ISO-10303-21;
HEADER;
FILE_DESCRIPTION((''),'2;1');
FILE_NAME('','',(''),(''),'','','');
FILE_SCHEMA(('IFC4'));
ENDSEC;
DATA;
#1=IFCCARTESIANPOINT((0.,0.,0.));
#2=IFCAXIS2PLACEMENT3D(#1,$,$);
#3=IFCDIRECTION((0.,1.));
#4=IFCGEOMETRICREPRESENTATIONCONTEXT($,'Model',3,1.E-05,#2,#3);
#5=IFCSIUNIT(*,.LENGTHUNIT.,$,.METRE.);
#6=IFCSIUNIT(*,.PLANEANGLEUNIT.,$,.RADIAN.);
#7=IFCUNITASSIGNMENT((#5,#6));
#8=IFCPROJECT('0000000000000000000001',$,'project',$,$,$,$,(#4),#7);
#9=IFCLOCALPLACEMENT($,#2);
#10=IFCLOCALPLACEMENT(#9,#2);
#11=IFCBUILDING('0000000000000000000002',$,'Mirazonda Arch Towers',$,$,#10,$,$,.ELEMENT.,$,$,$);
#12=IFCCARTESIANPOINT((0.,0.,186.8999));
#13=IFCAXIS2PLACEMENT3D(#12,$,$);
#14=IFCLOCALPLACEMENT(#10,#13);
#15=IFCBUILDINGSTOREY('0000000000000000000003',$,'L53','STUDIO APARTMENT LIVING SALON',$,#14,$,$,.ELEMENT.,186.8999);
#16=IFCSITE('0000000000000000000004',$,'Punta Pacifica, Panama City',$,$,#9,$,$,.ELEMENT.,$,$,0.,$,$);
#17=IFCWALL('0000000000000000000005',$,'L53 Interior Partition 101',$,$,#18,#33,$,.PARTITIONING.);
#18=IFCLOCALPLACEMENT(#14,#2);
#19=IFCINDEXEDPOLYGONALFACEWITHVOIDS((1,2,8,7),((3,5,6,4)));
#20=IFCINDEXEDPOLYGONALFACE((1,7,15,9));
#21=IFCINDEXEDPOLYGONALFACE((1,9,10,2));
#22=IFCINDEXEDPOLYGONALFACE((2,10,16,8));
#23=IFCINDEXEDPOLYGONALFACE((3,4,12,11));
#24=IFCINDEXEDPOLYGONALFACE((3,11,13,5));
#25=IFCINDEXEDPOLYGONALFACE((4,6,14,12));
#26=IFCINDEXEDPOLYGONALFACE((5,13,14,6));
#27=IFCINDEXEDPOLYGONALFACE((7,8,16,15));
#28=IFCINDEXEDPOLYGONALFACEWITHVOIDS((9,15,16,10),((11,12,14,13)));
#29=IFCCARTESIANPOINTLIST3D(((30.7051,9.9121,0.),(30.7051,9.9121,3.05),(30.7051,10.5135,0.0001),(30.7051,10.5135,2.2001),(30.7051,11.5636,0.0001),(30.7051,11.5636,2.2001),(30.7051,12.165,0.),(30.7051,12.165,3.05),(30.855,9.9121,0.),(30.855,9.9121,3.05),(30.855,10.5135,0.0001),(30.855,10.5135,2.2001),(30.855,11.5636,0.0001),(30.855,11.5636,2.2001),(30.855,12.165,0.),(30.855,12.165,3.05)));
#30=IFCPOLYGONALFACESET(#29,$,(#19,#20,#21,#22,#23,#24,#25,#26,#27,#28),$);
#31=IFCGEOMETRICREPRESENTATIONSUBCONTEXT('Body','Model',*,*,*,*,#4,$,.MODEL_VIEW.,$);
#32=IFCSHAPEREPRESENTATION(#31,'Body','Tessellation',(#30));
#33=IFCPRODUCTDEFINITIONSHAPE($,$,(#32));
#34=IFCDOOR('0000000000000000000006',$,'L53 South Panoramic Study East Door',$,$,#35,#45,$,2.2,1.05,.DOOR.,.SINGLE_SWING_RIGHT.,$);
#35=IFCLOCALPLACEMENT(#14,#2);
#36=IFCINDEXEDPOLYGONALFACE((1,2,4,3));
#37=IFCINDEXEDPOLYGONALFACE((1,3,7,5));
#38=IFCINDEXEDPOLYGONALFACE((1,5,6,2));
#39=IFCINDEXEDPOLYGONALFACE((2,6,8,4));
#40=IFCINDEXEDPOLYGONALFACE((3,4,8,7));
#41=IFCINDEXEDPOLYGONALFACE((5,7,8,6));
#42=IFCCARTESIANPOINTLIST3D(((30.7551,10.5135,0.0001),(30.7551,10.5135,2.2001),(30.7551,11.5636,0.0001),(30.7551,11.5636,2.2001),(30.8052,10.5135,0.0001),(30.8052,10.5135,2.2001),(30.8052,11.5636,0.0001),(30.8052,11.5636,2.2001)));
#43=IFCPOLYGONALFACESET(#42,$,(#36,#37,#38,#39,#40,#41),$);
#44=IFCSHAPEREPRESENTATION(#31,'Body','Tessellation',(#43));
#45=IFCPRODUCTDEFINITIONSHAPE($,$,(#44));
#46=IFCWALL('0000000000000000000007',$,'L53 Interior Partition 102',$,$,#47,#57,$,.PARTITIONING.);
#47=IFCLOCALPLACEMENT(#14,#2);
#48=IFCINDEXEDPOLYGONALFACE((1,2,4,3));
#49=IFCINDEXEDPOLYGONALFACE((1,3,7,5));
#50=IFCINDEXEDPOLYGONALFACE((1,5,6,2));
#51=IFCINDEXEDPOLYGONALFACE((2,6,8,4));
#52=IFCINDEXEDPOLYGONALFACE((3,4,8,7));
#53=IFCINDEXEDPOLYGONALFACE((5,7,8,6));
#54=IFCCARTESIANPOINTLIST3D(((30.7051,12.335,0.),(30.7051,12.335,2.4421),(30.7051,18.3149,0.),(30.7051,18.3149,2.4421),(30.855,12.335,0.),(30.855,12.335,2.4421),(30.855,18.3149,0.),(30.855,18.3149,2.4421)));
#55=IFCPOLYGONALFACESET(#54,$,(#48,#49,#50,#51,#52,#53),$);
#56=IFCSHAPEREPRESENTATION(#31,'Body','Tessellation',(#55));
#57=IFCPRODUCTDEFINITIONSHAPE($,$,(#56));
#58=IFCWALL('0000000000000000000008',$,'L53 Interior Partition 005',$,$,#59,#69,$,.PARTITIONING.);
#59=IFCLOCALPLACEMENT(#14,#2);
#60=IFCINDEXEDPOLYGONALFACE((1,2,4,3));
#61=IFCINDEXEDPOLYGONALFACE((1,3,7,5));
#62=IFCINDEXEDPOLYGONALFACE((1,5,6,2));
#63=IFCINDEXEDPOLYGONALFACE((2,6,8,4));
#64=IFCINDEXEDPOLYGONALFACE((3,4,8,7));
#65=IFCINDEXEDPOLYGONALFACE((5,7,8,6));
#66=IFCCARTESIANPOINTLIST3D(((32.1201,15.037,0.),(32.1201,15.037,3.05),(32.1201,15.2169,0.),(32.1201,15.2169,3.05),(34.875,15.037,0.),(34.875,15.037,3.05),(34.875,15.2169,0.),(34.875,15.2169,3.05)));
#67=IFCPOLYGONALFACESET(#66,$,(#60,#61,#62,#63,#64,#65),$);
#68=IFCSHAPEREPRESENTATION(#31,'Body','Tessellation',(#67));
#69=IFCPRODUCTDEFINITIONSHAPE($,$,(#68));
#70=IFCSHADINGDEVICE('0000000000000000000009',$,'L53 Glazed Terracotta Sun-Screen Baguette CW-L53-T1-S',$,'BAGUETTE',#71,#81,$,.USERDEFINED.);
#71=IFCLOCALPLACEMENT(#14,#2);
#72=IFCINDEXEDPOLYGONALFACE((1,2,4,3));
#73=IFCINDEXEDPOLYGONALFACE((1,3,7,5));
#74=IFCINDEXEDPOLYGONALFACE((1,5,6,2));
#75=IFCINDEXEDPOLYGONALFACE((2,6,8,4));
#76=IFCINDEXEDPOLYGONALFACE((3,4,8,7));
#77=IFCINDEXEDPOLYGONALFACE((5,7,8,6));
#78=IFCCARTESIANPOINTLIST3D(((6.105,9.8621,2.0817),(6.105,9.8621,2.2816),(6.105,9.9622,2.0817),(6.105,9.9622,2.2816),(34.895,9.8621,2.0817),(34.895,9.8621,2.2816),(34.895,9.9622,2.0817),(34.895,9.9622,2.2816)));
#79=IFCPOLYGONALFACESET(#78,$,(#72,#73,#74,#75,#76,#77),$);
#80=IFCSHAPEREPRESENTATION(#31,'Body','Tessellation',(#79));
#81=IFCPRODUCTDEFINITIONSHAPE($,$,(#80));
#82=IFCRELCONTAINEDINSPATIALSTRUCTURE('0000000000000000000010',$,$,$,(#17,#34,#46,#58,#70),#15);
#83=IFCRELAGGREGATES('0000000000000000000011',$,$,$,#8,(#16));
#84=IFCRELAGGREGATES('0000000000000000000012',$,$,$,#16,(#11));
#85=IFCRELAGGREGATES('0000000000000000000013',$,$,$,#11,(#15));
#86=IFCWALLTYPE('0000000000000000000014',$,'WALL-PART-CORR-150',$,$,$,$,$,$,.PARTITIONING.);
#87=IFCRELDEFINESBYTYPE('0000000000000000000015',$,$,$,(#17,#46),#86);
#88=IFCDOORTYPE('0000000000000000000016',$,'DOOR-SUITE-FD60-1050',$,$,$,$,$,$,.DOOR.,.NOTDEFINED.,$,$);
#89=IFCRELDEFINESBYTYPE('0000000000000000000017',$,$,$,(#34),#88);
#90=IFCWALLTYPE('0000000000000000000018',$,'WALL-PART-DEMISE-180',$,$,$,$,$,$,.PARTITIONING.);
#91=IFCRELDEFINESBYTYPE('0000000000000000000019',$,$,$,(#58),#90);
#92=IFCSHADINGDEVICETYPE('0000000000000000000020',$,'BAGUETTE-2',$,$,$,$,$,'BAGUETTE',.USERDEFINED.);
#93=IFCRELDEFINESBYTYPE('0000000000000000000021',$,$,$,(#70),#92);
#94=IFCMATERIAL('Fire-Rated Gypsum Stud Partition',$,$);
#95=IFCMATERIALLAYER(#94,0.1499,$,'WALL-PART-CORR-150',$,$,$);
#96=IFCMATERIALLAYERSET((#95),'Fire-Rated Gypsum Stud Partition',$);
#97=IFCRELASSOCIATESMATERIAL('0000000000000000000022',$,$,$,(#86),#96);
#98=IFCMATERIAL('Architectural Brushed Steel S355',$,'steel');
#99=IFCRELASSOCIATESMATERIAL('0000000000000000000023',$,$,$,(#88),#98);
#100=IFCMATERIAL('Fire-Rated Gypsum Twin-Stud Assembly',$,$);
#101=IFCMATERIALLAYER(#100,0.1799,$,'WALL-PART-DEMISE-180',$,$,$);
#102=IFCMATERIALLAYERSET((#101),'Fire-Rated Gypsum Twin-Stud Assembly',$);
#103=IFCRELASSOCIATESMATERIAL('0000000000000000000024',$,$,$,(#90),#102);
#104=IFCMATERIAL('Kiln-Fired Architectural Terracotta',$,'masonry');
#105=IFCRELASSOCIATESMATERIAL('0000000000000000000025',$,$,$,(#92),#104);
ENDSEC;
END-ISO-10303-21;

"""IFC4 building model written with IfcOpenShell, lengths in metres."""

from ifc_helpers import new_model, si_unit, direction, frame, frame_2d, origin, origin_2d, place, context, subcontext, project, spatial, rectangle, extrude, material, layer, layer_set, material_profile, profile_set, type_object, element, fill, save


model = new_model("IFC4")

# Units and contexts
model_context = context("Model", 3, precision=1e-05, world=origin(), true_north=direction((0.0, 1.0)))
body_context = subcontext(model_context, "Body", "Model", "MODEL_VIEW")
ifc_project = project(units=[si_unit("LENGTHUNIT", "METRE"), si_unit("PLANEANGLEUNIT", "RADIAN")], contexts=[model_context])

# Site, building, storey
site_placement = place(None, origin())
site = spatial("IfcSite", under=ifc_project, at=site_placement, Name="Punta Pacifica, Panama City", CompositionType="ELEMENT", RefElevation=0.0)
building_placement = place(site_placement, origin())
building = spatial("IfcBuilding", under=site, at=building_placement, Name="Mirazonda Arch Towers", CompositionType="ELEMENT")
storey_placement = place(building_placement, frame((0.0, 0.0, 186.8999)))
storey = spatial("IfcBuildingStorey", under=building, at=storey_placement, Name="L53", Description="STUDIO APARTMENT LIVING SALON", CompositionType="ELEMENT", Elevation=186.8999)

# Shared definitions
ifc_material_1 = material(Name="Fire-Rated Gypsum Stud Partition")
ifc_layer_1 = layer(ifc_material_1, 0.1499, Name="WALL-PART-CORR-150")
ifc_layer_set_1 = layer_set([ifc_layer_1], Name="Fire-Rated Gypsum Stud Partition")
wall_type_1 = type_object("IfcWallType", Name="WALL-PART-CORR-150", PredefinedType="PARTITIONING", material=ifc_layer_set_1)

# Wall, opening, door
wall_1_placement = place(storey_placement, frame((30.78, 9.9121, 0.0), z_axis=(0.0, 0.0, 1.0), x_axis=(0.0, 1.0, 0.0)))
wall_1 = element("IfcWall", 1, at=wall_1_placement, inside=storey, type_object=wall_type_1, Name="L53 Interior Partition 101", PredefinedType="PARTITIONING", context=body_context, shape_type="SweptSolid", body=[
    extrude(rectangle(XDim=2.2529, YDim=0.1499, at=frame_2d((1.1265, 0.0))), origin(), (0.0, 0.0, 1.0), 3.05),
])
opening_1_placement = place(wall_1_placement, frame((0.6016, 0.0, 0.0)))
opening_1 = element("IfcOpeningElement", 2, at=opening_1_placement, cuts=wall_1, PredefinedType="OPENING", context=body_context, shape_type="SweptSolid", body=[
    extrude(rectangle(XDim=1.05, YDim=2.2, at=frame_2d((0.5249, 1.1001))), frame((0.0, 0.085, 0.0), z_axis=(0.0, -1.0, 0.0), x_axis=(1.0, 0.0, 0.0)), (0.0, 0.0, 1.0), 0.1699),
])
ifc_material_2 = material(Name="Architectural Brushed Steel S355", Category="steel")
door_type_1 = type_object("IfcDoorType", Name="DOOR-SUITE-FD60-1050", OperationType="NOTDEFINED", PredefinedType="DOOR", material=ifc_material_2)
door_1_placement = place(opening_1_placement, origin())
door_1 = element("IfcDoor", 3, at=door_1_placement, inside=storey, type_object=door_type_1, Name="L53 South Panoramic Study East Door", OperationType="SINGLE_SWING_RIGHT", OverallHeight=2.2, OverallWidth=1.05, PredefinedType="DOOR", context=body_context, shape_type="SweptSolid", body=[
    extrude(rectangle(XDim=1.05, YDim=2.2, at=frame_2d((0.5249, 1.1001))), frame((0.0, 0.0249, 0.0), z_axis=(0.0, -1.0, 0.0), x_axis=(1.0, 0.0, 0.0)), (0.0, 0.0, 1.0), 0.05),
])
fill(opening_1, door_1)

# Walls
wall_2_placement = place(storey_placement, frame((30.78, 12.335, 0.0), z_axis=(0.0, 0.0, 1.0), x_axis=(0.0, 1.0, 0.0)))
element("IfcWall", 4, at=wall_2_placement, inside=storey, type_object=wall_type_1, Name="L53 Interior Partition 102", PredefinedType="PARTITIONING", context=body_context, shape_type="SweptSolid", body=[
    extrude(rectangle(XDim=5.98, YDim=0.1499, at=frame_2d((2.99, 0.0))), origin(), (0.0, 0.0, 1.0), 2.4421),
])
ifc_material_3 = material(Name="Fire-Rated Gypsum Twin-Stud Assembly")
ifc_layer_2 = layer(ifc_material_3, 0.1799, Name="WALL-PART-DEMISE-180")
ifc_layer_set_2 = layer_set([ifc_layer_2], Name="Fire-Rated Gypsum Twin-Stud Assembly")
wall_type_2 = type_object("IfcWallType", Name="WALL-PART-DEMISE-180", PredefinedType="PARTITIONING", material=ifc_layer_set_2)
wall_3_placement = place(storey_placement, frame((32.1201, 15.127, 0.0), z_axis=(0.0, 0.0, 1.0), x_axis=(1.0, 0.0, 0.0)))
element("IfcWall", 5, at=wall_3_placement, inside=storey, type_object=wall_type_2, Name="L53 Interior Partition 005", PredefinedType="PARTITIONING", context=body_context, shape_type="SweptSolid", body=[
    extrude(rectangle(XDim=2.7549, YDim=0.1799, at=frame_2d((1.3774, 0.0))), origin(), (0.0, 0.0, 1.0), 3.05),
])

# Shading device
ifc_material_4 = material(Name="Kiln-Fired Architectural Terracotta", Category="masonry")
ifc_material_profile_1 = material_profile(ifc_material_4, rectangle(XDim=0.1001, YDim=0.2, at=origin_2d()), Name="TERRA-BAG-100x200")
ifc_profile_set_1 = profile_set([ifc_material_profile_1], Name="Kiln-Fired Architectural Terracotta")
shading_device_type = type_object("IfcShadingDeviceType", Name="BAGUETTE-2", ElementType="BAGUETTE", PredefinedType="USERDEFINED", material=ifc_profile_set_1)
shading_device_placement = place(storey_placement, frame((34.895, 9.9121, 2.1816), z_axis=(-1.0, 0.0, 0.0), x_axis=(0.0, -1.0, 0.0)))
element("IfcShadingDevice", 6, at=shading_device_placement, inside=storey, type_object=shading_device_type, Name="L53 Glazed Terracotta Sun-Screen Baguette CW-L53-T1-S", ObjectType="BAGUETTE", PredefinedType="USERDEFINED", context=body_context, shape_type="SweptSolid", body=[
    extrude(rectangle(XDim=0.1001, YDim=0.2, at=origin_2d()), origin(), (0.0, 0.0, 1.0), 28.79),
])

save(model, "model.ifc")
